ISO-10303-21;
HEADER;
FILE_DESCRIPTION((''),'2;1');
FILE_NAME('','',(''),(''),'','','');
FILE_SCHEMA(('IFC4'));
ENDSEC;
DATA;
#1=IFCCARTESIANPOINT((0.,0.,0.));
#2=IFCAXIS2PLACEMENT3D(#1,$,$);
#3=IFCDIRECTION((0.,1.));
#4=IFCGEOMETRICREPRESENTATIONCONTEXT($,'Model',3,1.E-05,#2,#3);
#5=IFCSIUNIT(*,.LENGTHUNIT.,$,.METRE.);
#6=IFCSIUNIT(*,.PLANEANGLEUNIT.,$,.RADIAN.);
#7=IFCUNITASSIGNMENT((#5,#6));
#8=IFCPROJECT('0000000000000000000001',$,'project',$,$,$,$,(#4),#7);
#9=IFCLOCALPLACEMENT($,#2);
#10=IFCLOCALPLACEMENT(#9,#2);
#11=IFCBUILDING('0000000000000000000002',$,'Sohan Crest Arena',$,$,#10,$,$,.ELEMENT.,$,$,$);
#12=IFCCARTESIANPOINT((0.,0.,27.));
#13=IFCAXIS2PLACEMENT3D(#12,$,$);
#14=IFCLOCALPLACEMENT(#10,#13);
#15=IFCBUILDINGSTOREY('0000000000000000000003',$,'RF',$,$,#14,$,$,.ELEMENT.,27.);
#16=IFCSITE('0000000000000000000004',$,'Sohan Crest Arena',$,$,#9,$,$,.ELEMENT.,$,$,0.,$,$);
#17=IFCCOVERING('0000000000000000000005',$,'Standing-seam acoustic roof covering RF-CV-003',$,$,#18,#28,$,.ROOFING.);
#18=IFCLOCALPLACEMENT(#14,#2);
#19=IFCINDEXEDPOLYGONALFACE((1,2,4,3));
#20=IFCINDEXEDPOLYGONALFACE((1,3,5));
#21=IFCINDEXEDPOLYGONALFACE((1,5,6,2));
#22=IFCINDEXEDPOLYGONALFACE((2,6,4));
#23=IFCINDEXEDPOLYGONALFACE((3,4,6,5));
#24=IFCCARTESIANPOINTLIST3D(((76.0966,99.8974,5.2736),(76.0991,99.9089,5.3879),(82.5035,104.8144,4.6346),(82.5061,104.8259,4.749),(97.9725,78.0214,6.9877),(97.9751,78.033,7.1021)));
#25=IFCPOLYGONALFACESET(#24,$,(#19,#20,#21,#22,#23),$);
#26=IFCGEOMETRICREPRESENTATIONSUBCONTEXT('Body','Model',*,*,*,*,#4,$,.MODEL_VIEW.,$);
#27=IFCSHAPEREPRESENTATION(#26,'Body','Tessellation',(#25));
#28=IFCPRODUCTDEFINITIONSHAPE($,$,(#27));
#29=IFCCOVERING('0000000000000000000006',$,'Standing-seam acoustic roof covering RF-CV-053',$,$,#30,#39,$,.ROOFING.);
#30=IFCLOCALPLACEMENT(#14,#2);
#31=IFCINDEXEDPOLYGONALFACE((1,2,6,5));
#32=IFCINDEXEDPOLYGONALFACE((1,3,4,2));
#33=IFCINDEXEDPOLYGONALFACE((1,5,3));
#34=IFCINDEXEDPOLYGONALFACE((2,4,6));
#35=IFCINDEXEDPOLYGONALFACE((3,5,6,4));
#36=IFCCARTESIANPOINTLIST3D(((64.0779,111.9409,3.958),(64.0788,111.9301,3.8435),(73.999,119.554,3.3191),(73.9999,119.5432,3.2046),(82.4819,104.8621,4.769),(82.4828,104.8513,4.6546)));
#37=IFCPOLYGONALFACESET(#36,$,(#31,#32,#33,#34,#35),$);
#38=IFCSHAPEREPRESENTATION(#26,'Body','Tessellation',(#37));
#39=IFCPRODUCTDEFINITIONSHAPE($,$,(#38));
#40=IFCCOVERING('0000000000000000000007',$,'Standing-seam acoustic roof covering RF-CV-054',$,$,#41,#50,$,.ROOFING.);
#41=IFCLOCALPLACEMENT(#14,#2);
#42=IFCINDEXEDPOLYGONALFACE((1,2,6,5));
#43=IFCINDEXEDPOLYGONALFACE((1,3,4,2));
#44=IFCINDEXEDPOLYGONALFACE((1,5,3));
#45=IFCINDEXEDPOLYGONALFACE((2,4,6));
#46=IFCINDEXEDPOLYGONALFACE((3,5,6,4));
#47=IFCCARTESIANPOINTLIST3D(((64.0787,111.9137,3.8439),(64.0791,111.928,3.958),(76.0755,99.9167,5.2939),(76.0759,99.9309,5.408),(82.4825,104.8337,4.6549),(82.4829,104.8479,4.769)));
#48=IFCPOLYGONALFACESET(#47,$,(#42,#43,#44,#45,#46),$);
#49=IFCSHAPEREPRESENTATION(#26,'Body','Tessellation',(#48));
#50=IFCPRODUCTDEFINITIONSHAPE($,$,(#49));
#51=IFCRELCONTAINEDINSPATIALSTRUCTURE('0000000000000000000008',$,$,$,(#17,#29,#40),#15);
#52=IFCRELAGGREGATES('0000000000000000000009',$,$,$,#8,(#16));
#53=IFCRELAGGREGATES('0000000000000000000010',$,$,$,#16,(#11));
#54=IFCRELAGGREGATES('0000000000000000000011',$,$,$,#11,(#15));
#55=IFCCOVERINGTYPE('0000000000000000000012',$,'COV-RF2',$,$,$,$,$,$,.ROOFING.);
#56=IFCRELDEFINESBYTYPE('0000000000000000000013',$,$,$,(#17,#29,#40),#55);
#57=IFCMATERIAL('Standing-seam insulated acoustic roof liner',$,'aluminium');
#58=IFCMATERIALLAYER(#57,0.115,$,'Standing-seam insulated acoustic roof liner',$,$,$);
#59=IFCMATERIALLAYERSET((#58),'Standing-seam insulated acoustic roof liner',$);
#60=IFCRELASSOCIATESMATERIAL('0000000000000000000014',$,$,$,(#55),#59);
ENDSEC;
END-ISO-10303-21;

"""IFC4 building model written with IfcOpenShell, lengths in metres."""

from ifc_helpers import new_model, si_unit, direction, frame, origin, place, context, subcontext, project, spatial, polyline, outline, extrude, material, layer, layer_set, type_object, element, save


model = new_model("IFC4")

# Units and contexts
model_context = context("Model", 3, precision=1e-05, world=origin(), true_north=direction((0.0, 1.0)))
body_context = subcontext(model_context, "Body", "Model", "MODEL_VIEW")
ifc_project = project(units=[si_unit("LENGTHUNIT", "METRE"), si_unit("PLANEANGLEUNIT", "RADIAN")], contexts=[model_context])

# Site, building, storey
site_placement = place(None, origin())
site = spatial("IfcSite", under=ifc_project, at=site_placement, Name="Sohan Crest Arena", CompositionType="ELEMENT", RefElevation=0.0)
building_placement = place(site_placement, origin())
building = spatial("IfcBuilding", under=site, at=building_placement, Name="Sohan Crest Arena", CompositionType="ELEMENT")
storey_placement = place(building_placement, frame((0.0, 0.0, 27.0)))
storey = spatial("IfcBuildingStorey", under=building, at=storey_placement, Name="RF", CompositionType="ELEMENT", Elevation=27.0)

# Coverings
ifc_material_1 = material(Name="Standing-seam insulated acoustic roof liner", Category="aluminium")
ifc_layer_1 = layer(ifc_material_1, 0.115, Name="Standing-seam insulated acoustic roof liner")
ifc_layer_set_1 = layer_set([ifc_layer_1], Name="Standing-seam insulated acoustic roof liner")
covering_type = type_object("IfcCoveringType", Name="COV-RF2", PredefinedType="ROOFING", material=ifc_layer_set_1)
covering_1_placement = place(storey_placement, frame((82.5061, 104.8259, 4.749), z_axis=(0.02228, 0.100222, 0.994716), x_axis=(-0.790838, -0.606923, 0.078864)))
element("IfcCovering", 1, at=covering_1_placement, inside=storey, type_object=covering_type, Name="Standing-seam acoustic roof covering RF-CV-003", PredefinedType="ROOFING", context=body_context, shape_type="SweptSolid", body=[
    extrude(outline(polyline([(0.0, 0.0), (8.1015, 0.0), (4.2134, 30.7398), (0.0, 0.0)])), origin(), (0.0, 0.0, -1.0), 0.115),
])
covering_2_placement = place(storey_placement, frame((82.4819, 104.8621, 4.769), z_axis=(-0.007817, 0.093739, 0.995566), x_axis=(-0.498208, 0.862866, -0.085157)))
element("IfcCovering", 2, at=covering_2_placement, inside=storey, type_object=covering_type, Name="Standing-seam acoustic roof covering RF-CV-053", PredefinedType="ROOFING", context=body_context, shape_type="SweptSolid", body=[
    extrude(outline(polyline([(0.0, 0.0), (17.0269, 0.0), (15.3462, 12.4085), (0.0, 0.0)])), origin(), (0.0, 0.0, -1.0), 0.115),
])
covering_3_placement = place(storey_placement, frame((82.4829, 104.8479, 4.769), z_axis=(0.003913, 0.12384, 0.992294), x_axis=(-0.932528, 0.35875, -0.041095)))
element("IfcCovering", 3, at=covering_3_placement, inside=storey, type_object=covering_type, Name="Standing-seam acoustic roof covering RF-CV-054", PredefinedType="ROOFING", context=body_context, shape_type="SweptSolid", body=[
    extrude(outline(polyline([(0.0, 0.0), (19.7354, 0.0), (4.1845, 6.9372), (0.0, 0.0)])), origin(), (0.0, 0.0, -1.0), 0.115),
])

save(model, "model.ifc")
